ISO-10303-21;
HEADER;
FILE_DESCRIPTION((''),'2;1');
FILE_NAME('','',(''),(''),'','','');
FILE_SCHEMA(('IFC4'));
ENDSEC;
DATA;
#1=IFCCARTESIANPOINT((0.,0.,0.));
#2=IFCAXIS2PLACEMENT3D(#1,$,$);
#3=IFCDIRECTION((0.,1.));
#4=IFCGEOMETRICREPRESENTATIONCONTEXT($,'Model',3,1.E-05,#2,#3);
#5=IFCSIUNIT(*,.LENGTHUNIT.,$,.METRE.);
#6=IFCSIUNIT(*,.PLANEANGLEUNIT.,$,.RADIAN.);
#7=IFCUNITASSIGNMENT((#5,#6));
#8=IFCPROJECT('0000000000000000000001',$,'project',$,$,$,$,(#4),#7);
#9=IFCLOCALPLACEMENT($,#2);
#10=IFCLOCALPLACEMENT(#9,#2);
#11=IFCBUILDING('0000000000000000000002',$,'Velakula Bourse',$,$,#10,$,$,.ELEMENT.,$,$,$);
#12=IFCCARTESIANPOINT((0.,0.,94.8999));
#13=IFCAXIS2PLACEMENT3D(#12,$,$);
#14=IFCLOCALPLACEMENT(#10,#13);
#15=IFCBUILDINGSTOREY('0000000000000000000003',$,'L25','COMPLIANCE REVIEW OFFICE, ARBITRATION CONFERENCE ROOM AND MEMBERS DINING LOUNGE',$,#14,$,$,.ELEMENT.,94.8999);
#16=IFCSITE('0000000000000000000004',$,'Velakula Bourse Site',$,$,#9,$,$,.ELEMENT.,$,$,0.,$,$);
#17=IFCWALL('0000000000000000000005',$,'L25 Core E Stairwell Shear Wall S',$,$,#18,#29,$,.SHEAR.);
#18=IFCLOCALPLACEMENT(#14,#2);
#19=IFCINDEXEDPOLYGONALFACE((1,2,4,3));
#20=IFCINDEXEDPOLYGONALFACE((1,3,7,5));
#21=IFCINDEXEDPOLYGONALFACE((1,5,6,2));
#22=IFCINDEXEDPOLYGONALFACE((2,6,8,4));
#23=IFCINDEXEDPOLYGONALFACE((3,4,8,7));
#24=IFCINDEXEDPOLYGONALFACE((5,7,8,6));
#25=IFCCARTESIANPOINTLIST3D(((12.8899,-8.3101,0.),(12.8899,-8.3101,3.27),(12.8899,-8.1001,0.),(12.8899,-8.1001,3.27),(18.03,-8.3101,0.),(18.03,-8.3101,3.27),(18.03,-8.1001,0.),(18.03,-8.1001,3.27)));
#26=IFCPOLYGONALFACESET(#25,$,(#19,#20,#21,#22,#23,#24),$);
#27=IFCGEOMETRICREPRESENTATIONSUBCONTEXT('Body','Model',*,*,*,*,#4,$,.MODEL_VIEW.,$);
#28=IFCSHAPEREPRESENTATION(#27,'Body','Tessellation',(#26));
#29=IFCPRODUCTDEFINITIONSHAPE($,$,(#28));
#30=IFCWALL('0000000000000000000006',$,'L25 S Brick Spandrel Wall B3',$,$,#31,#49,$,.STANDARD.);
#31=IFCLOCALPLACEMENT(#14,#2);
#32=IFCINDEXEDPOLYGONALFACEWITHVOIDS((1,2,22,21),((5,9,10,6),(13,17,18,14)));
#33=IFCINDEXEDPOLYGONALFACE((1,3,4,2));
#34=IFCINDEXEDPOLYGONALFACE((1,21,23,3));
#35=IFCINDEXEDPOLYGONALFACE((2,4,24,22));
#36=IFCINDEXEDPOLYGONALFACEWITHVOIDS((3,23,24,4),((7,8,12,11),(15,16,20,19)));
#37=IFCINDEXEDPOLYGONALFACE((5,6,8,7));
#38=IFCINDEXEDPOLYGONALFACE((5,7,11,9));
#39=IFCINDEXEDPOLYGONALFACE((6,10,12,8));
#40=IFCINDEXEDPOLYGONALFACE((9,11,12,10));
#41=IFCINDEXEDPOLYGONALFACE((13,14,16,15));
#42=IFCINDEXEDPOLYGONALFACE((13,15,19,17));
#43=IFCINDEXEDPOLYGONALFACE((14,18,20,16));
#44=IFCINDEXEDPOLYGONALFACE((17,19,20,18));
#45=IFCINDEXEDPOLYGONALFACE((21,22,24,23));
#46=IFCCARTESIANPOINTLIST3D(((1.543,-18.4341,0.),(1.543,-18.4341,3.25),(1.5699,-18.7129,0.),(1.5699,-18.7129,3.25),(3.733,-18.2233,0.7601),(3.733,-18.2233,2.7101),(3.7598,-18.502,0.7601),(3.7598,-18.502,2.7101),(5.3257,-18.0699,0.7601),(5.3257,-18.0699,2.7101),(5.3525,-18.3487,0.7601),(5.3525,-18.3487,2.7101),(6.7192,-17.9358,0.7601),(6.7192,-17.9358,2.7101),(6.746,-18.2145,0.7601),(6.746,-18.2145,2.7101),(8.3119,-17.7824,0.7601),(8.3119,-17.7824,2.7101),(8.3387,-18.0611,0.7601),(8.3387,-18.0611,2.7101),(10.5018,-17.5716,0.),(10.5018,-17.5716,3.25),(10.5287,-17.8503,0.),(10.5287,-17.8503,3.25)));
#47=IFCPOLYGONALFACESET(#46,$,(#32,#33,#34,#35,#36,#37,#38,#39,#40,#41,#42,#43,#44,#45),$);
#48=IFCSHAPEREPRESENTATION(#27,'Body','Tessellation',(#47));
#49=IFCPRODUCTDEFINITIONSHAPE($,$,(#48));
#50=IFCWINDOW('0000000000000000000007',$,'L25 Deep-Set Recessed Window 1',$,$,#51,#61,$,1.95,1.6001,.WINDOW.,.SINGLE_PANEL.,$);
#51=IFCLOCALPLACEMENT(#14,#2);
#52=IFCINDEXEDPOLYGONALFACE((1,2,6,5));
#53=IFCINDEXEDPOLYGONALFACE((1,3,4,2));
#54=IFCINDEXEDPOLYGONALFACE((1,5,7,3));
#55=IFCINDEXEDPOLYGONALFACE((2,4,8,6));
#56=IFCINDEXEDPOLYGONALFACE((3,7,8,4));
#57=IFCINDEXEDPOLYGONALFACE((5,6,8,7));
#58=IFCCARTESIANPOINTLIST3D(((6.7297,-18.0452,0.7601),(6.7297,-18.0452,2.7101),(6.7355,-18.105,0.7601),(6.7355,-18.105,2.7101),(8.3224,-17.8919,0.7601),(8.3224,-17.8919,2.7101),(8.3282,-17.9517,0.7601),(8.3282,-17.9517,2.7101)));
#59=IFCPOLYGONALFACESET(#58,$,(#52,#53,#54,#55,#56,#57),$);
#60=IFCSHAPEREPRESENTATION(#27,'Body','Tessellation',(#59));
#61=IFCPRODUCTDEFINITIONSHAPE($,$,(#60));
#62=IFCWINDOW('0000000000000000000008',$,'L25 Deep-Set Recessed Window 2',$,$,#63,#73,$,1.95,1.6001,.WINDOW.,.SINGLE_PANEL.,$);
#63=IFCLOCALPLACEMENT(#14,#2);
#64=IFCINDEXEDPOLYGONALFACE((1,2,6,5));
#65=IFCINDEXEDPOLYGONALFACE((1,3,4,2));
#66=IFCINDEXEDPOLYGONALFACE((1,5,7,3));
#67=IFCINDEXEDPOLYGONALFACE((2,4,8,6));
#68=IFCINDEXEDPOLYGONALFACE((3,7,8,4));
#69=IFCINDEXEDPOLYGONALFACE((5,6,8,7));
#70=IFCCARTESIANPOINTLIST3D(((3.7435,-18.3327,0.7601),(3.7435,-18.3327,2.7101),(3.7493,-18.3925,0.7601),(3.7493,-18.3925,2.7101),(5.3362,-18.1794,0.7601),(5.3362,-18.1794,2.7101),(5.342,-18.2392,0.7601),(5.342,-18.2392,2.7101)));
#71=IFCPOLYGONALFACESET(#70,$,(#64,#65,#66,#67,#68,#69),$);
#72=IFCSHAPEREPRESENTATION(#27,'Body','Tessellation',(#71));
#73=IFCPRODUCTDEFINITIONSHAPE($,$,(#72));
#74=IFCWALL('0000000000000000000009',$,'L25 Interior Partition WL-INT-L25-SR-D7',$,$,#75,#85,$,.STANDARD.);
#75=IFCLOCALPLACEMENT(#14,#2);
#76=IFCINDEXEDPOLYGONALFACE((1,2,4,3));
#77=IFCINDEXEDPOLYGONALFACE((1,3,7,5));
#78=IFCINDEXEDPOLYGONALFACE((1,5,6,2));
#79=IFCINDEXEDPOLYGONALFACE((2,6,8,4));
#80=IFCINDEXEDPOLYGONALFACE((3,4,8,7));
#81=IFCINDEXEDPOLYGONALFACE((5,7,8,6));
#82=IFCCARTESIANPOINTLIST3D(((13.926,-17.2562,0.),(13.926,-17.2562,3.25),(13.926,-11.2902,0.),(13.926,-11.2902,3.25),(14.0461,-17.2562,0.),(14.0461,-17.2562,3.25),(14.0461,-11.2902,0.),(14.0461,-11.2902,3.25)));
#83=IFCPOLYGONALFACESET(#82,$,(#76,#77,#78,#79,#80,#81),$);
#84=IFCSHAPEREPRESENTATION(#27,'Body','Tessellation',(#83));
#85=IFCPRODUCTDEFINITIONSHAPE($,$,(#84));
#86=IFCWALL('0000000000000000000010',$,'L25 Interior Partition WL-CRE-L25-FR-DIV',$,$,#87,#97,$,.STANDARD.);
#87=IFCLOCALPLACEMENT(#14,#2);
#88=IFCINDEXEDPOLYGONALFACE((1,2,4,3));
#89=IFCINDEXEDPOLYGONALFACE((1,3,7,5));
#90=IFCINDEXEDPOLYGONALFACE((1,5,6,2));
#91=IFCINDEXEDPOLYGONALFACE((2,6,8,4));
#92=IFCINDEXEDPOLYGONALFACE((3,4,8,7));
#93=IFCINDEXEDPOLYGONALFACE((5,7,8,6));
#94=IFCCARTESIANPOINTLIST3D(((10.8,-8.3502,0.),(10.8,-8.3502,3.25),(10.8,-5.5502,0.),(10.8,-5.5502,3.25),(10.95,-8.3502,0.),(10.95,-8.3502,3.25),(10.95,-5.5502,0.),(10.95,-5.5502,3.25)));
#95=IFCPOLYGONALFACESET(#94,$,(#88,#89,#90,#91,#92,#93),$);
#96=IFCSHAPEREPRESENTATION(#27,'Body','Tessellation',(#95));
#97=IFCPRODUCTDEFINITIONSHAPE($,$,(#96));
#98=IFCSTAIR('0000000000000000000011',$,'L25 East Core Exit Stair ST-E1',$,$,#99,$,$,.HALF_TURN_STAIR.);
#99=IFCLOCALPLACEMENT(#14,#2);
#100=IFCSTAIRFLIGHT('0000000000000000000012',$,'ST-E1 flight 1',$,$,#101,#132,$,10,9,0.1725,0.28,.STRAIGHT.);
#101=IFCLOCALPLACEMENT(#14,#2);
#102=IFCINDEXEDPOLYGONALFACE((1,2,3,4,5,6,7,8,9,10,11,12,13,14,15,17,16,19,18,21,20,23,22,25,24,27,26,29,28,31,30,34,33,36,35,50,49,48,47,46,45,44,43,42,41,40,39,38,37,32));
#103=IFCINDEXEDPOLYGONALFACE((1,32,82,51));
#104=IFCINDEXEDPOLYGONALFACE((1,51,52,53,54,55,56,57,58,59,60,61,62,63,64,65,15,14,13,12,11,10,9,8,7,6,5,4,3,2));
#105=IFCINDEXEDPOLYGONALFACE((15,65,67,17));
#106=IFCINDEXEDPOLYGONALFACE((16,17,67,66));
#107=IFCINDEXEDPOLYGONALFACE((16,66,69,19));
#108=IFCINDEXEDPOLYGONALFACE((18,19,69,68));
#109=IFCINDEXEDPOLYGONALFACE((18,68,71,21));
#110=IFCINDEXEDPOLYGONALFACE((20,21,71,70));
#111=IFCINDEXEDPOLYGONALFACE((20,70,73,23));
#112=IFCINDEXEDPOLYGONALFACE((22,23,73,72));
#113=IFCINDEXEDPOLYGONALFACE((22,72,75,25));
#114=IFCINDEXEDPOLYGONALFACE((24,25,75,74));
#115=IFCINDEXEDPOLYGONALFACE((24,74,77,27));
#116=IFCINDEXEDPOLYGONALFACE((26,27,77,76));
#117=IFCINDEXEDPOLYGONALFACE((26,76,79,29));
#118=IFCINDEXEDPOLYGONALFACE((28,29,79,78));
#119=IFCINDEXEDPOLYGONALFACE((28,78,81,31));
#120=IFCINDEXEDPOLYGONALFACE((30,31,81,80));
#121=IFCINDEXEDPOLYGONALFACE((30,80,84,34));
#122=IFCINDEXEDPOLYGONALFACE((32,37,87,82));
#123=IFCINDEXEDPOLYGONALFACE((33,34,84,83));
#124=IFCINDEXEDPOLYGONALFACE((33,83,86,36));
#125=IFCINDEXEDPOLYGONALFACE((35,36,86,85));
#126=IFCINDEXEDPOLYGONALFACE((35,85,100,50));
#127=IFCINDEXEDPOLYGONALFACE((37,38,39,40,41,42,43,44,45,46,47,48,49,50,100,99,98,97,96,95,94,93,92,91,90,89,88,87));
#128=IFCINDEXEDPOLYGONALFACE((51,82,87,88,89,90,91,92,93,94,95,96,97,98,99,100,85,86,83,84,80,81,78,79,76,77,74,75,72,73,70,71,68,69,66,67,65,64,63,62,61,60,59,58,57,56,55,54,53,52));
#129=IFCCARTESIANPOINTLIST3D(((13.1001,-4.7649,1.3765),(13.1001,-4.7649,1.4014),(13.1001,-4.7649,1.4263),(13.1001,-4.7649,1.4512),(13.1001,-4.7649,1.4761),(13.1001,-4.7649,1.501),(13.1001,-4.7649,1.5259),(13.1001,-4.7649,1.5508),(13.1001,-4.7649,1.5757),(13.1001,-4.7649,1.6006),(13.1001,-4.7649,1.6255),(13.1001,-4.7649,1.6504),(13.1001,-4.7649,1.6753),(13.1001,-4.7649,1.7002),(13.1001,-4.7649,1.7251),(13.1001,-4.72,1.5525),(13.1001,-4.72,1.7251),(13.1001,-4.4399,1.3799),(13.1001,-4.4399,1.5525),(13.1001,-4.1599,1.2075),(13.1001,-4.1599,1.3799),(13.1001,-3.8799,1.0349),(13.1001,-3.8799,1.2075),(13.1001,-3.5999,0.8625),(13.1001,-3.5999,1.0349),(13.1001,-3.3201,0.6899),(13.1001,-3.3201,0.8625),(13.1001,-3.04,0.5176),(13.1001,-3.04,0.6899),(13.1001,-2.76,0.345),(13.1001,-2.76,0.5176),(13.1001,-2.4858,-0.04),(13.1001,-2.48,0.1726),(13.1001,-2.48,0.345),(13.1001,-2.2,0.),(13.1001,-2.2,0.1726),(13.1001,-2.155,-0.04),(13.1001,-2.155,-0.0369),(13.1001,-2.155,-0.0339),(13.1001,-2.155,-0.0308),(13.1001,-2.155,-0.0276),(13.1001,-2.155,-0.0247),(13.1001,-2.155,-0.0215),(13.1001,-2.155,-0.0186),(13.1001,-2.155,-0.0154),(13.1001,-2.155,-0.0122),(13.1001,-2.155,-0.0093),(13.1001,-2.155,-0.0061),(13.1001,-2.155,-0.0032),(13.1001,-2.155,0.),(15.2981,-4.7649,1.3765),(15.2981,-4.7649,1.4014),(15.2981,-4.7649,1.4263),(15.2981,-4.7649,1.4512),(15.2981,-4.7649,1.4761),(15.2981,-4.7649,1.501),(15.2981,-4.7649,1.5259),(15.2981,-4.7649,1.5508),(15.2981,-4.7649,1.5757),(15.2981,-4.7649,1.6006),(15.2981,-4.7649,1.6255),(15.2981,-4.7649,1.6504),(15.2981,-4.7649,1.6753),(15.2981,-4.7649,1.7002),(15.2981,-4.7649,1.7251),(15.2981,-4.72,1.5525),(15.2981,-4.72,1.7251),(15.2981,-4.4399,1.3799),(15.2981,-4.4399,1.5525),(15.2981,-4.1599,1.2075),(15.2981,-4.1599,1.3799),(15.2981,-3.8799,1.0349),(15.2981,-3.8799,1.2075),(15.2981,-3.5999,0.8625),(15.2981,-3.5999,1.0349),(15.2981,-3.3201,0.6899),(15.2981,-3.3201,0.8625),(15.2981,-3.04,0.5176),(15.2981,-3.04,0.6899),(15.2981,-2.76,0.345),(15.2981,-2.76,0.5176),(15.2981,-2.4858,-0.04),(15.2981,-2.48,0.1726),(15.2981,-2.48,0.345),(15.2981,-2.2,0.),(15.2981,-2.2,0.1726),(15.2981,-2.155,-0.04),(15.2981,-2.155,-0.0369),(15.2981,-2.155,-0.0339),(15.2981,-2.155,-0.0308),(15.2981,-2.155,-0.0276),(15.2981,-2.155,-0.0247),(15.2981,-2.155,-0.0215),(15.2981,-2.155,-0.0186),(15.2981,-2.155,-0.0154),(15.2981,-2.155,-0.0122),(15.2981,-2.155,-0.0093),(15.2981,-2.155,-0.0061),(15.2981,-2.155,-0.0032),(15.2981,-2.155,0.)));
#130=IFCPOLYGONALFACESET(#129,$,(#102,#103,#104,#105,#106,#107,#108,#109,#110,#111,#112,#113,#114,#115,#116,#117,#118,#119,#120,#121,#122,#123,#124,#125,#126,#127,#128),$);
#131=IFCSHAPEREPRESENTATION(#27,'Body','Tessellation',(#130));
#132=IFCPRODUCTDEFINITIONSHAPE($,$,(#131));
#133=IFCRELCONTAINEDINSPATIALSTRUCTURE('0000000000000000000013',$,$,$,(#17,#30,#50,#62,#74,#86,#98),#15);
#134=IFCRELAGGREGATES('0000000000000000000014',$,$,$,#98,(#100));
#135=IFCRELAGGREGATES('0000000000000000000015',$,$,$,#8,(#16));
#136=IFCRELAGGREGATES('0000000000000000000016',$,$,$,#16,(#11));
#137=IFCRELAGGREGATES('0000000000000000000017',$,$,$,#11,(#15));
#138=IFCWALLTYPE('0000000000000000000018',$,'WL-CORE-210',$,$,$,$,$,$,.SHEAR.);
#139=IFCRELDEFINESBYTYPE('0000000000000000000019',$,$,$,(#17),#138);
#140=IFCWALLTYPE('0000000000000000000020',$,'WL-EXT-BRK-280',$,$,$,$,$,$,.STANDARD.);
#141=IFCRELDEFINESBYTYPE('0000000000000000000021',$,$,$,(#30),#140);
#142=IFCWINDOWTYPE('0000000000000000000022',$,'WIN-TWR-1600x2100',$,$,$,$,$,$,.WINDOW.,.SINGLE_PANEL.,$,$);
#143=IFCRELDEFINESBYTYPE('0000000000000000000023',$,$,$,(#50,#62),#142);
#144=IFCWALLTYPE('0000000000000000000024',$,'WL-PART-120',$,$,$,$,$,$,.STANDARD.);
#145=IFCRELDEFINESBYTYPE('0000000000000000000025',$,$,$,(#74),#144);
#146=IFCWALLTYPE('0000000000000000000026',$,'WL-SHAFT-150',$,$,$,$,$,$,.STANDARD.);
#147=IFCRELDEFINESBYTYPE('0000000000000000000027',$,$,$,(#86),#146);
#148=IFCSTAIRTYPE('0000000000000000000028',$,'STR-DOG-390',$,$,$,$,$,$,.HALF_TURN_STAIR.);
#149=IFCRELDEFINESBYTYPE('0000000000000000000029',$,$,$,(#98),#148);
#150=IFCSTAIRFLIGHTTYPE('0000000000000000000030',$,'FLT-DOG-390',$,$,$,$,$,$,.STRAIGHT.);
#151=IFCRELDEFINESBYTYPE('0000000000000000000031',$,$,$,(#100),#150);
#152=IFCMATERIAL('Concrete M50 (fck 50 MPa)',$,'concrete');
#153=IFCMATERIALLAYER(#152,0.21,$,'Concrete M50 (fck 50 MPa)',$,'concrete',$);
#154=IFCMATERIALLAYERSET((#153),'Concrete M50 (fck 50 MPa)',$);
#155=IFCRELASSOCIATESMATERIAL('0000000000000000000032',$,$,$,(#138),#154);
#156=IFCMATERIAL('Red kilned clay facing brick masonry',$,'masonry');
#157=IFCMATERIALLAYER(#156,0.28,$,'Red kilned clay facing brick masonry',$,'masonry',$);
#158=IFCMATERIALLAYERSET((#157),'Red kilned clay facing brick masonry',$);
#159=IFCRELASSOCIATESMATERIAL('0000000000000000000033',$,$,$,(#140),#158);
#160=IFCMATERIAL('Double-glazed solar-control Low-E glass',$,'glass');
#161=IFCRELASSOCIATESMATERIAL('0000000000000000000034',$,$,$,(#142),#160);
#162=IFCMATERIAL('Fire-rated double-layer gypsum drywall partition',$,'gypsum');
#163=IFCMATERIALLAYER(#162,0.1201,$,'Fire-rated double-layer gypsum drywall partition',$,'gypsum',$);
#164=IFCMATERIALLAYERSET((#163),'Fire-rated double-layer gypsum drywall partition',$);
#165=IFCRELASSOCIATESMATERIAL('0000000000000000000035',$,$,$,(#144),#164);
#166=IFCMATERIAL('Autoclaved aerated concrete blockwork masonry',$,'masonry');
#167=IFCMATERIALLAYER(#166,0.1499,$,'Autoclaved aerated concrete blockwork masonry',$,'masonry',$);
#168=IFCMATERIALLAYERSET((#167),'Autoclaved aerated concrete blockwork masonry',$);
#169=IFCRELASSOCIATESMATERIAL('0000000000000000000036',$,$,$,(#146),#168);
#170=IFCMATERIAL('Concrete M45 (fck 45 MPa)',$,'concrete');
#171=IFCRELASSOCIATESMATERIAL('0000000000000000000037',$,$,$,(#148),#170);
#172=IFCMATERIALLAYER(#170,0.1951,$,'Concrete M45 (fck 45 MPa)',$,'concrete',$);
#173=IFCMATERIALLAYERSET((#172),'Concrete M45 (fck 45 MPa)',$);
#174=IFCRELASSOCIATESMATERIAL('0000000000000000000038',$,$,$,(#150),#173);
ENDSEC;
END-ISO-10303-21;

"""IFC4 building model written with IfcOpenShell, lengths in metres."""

from ifc_helpers import new_model, si_unit, direction, frame, frame_2d, origin, place, context, subcontext, project, spatial, polyline, rectangle, outline, extrude, material, layer, layer_set, type_object, element, fill, aggregate, save


model = new_model("IFC4")

# Units and contexts
model_context = context("Model", 3, precision=1e-05, world=origin(), true_north=direction((0.0, 1.0)))
body_context = subcontext(model_context, "Body", "Model", "MODEL_VIEW")
ifc_project = project(units=[si_unit("LENGTHUNIT", "METRE"), si_unit("PLANEANGLEUNIT", "RADIAN")], contexts=[model_context])

# Site, building, storey
site_placement = place(None, origin())
site = spatial("IfcSite", under=ifc_project, at=site_placement, Name="Velakula Bourse Site", CompositionType="ELEMENT", RefElevation=0.0)
building_placement = place(site_placement, origin())
building = spatial("IfcBuilding", under=site, at=building_placement, Name="Velakula Bourse", CompositionType="ELEMENT")
storey_placement = place(building_placement, frame((0.0, 0.0, 94.8999)))
storey = spatial("IfcBuildingStorey", under=building, at=storey_placement, Name="L25", Description="COMPLIANCE REVIEW OFFICE, ARBITRATION CONFERENCE ROOM AND MEMBERS DINING LOUNGE", CompositionType="ELEMENT", Elevation=94.8999)

# Shared definitions
ifc_material_1 = material(Name="Concrete M50 (fck 50 MPa)", Category="concrete")
ifc_layer_1 = layer(ifc_material_1, 0.21, Name="Concrete M50 (fck 50 MPa)", Category="concrete")
ifc_layer_set_1 = layer_set([ifc_layer_1], Name="Concrete M50 (fck 50 MPa)")
wall_type_1 = type_object("IfcWallType", Name="WL-CORE-210", PredefinedType="SHEAR", material=ifc_layer_set_1)

# Wall
wall_1_placement = place(storey_placement, frame((12.8899, -8.2051, 0.0), z_axis=(0.0, 0.0, 1.0), x_axis=(1.0, 0.0, 0.0)))
element("IfcWall", 1, at=wall_1_placement, inside=storey, type_object=wall_type_1, Name="L25 Core E Stairwell Shear Wall S", PredefinedType="SHEAR", context=body_context, shape_type="SweptSolid", body=[
    extrude(rectangle(XDim=5.1401, YDim=0.21, at=frame_2d((2.5701, 0.0))), origin(), (0.0, 0.0, 1.0), 3.27),
])

# Wall, openings, windows
ifc_material_2 = material(Name="Red kilned clay facing brick masonry", Category="masonry")
ifc_layer_2 = layer(ifc_material_2, 0.28, Name="Red kilned clay facing brick masonry", Category="masonry")
ifc_layer_set_2 = layer_set([ifc_layer_2], Name="Red kilned clay facing brick masonry")
wall_type_2 = type_object("IfcWallType", Name="WL-EXT-BRK-280", PredefinedType="STANDARD", material=ifc_layer_set_2)
wall_2_placement = place(storey_placement, frame((10.5151, -17.7109, 0.0), z_axis=(0.0, 0.0, 1.0), x_axis=(-0.995397, -0.095837, 0.0)))
wall_2 = element("IfcWall", 2, at=wall_2_placement, inside=storey, type_object=wall_type_2, Name="L25 S Brick Spandrel Wall B3", PredefinedType="STANDARD", context=body_context, shape_type="SweptSolid", body=[
    extrude(rectangle(XDim=9.0002, YDim=0.28, at=frame_2d((4.5, 0.0))), origin(), (0.0, 0.0, 1.0), 3.25),
])
opening_1_placement = place(wall_2_placement, frame((2.2, 0.0, 0.76)))
opening_1 = element("IfcOpeningElement", 3, at=opening_1_placement, cuts=wall_2, PredefinedType="OPENING", context=body_context, shape_type="SweptSolid", body=[
    extrude(rectangle(XDim=1.6001, YDim=1.95, at=frame_2d((0.8, 0.9751))), frame((0.0, 0.1499, 0.0), z_axis=(0.0, -1.0, 0.0), x_axis=(1.0, 0.0, 0.0)), (0.0, 0.0, 1.0), 0.3),
])
opening_2_placement = place(wall_2_placement, frame((5.2, 0.0, 0.76)))
opening_2 = element("IfcOpeningElement", 4, at=opening_2_placement, cuts=wall_2, PredefinedType="OPENING", context=body_context, shape_type="SweptSolid", body=[
    extrude(rectangle(XDim=1.6001, YDim=1.95, at=frame_2d((0.8, 0.9751))), frame((0.0, 0.1499, 0.0), z_axis=(0.0, -1.0, 0.0), x_axis=(1.0, 0.0, 0.0)), (0.0, 0.0, 1.0), 0.3),
])
ifc_material_3 = material(Name="Double-glazed solar-control Low-E glass", Category="glass")
window_type = type_object("IfcWindowType", Name="WIN-TWR-1600x2100", PartitioningType="SINGLE_PANEL", PredefinedType="WINDOW", material=ifc_material_3)
window_1_placement = place(opening_1_placement, origin())
window_1 = element("IfcWindow", 5, at=window_1_placement, inside=storey, type_object=window_type, Name="L25 Deep-Set Recessed Window 1", OverallHeight=1.95, OverallWidth=1.6001, PartitioningType="SINGLE_PANEL", PredefinedType="WINDOW", context=body_context, shape_type="SweptSolid", body=[
    extrude(rectangle(XDim=1.6001, YDim=1.95, at=frame_2d((0.8, 0.9751))), frame((0.0, 0.03, 0.0), z_axis=(0.0, -1.0, 0.0), x_axis=(1.0, 0.0, 0.0)), (0.0, 0.0, 1.0), 0.0601),
])
fill(opening_1, window_1)
window_2_placement = place(opening_2_placement, origin())
window_2 = element("IfcWindow", 6, at=window_2_placement, inside=storey, type_object=window_type, Name="L25 Deep-Set Recessed Window 2", OverallHeight=1.95, OverallWidth=1.6001, PartitioningType="SINGLE_PANEL", PredefinedType="WINDOW", context=body_context, shape_type="SweptSolid", body=[
    extrude(rectangle(XDim=1.6001, YDim=1.95, at=frame_2d((0.8, 0.9751))), frame((0.0, 0.03, 0.0), z_axis=(0.0, -1.0, 0.0), x_axis=(1.0, 0.0, 0.0)), (0.0, 0.0, 1.0), 0.0601),
])
fill(opening_2, window_2)

# Walls
ifc_material_4 = material(Name="Fire-rated double-layer gypsum drywall partition", Category="gypsum")
ifc_layer_3 = layer(ifc_material_4, 0.1201, Name="Fire-rated double-layer gypsum drywall partition", Category="gypsum")
ifc_layer_set_3 = layer_set([ifc_layer_3], Name="Fire-rated double-layer gypsum drywall partition")
wall_type_3 = type_object("IfcWallType", Name="WL-PART-120", PredefinedType="STANDARD", material=ifc_layer_set_3)
wall_3_placement = place(storey_placement, frame((13.9861, -17.2561, 0.0), z_axis=(0.0, 0.0, 1.0), x_axis=(0.0, 1.0, 0.0)))
element("IfcWall", 7, at=wall_3_placement, inside=storey, type_object=wall_type_3, Name="L25 Interior Partition WL-INT-L25-SR-D7", PredefinedType="STANDARD", context=body_context, shape_type="SweptSolid", body=[
    extrude(rectangle(XDim=5.9661, YDim=0.1201, at=frame_2d((2.9829, 0.0))), origin(), (0.0, 0.0, 1.0), 3.25),
])
ifc_material_5 = material(Name="Autoclaved aerated concrete blockwork masonry", Category="masonry")
ifc_layer_4 = layer(ifc_material_5, 0.1499, Name="Autoclaved aerated concrete blockwork masonry", Category="masonry")
ifc_layer_set_4 = layer_set([ifc_layer_4], Name="Autoclaved aerated concrete blockwork masonry")
wall_type_4 = type_object("IfcWallType", Name="WL-SHAFT-150", PredefinedType="STANDARD", material=ifc_layer_set_4)
wall_4_placement = place(storey_placement, frame((10.875, -8.3501, 0.0), z_axis=(0.0, 0.0, 1.0), x_axis=(0.0, 1.0, 0.0)))
element("IfcWall", 8, at=wall_4_placement, inside=storey, type_object=wall_type_4, Name="L25 Interior Partition WL-CRE-L25-FR-DIV", PredefinedType="STANDARD", context=body_context, shape_type="SweptSolid", body=[
    extrude(rectangle(XDim=2.8, YDim=0.1499, at=frame_2d((1.3999, 0.0))), origin(), (0.0, 0.0, 1.0), 3.25),
])

# Stair, stair flight
ifc_material_6 = material(Name="Concrete M45 (fck 45 MPa)", Category="concrete")
stair_type = type_object("IfcStairType", Name="STR-DOG-390", PredefinedType="HALF_TURN_STAIR", material=ifc_material_6)
stair_placement = place(storey_placement, origin())
stair = element("IfcStair", 9, at=stair_placement, inside=storey, type_object=stair_type, Name="L25 East Core Exit Stair ST-E1", PredefinedType="HALF_TURN_STAIR")
ifc_layer_5 = layer(ifc_material_6, 0.1951, Name="Concrete M45 (fck 45 MPa)", Category="concrete")
ifc_layer_set_5 = layer_set([ifc_layer_5], Name="Concrete M45 (fck 45 MPa)")
stair_flight_type = type_object("IfcStairFlightType", Name="FLT-DOG-390", PredefinedType="STRAIGHT", material=ifc_layer_set_5)
stair_flight_1_placement = place(storey_placement, frame((14.199, -2.2, 0.0), z_axis=(0.0, 0.0, 1.0), x_axis=(0.0, -1.0, 0.0)))
stair_flight_1 = element("IfcStairFlight", 10, at=stair_flight_1_placement, type_object=stair_flight_type, Name="ST-E1 flight 1", NumberOfRisers=10, NumberOfTreads=9, PredefinedType="STRAIGHT", RiserHeight=0.1725, TreadLength=0.28, context=body_context, shape_type="SweptSolid", body=[
    extrude(outline(polyline([(-0.0449, -0.04), (-0.0449, -0.0369), (-0.0449, -0.0339), (-0.0449, -0.0308), (-0.0449, -0.0276), (-0.0449, -0.0247), (-0.0449, -0.0215), (-0.0449, -0.0186), (-0.0449, -0.0154), (-0.0449, -0.0122), (-0.0449, -0.0093), (-0.0449, -0.0061), (-0.0449, -0.0032), (-0.0449, 0.0), (0.0, 0.0), (0.0, 0.1726), (0.28, 0.1726), (0.28, 0.345), (0.5601, 0.345), (0.5601, 0.5176), (0.8401, 0.5176), (0.8401, 0.6899), (1.1201, 0.6899), (1.1201, 0.8625), (1.3999, 0.8625), (1.3999, 1.0349), (1.6799, 1.0349), (1.6799, 1.2075), (1.96, 1.2075), (1.96, 1.3799), (2.24, 1.3799), (2.24, 1.5525), (2.52, 1.5525), (2.52, 1.7251), (2.5649, 1.7251), (2.5649, 1.7002), (2.5649, 1.6753), (2.5649, 1.6504), (2.5649, 1.6255), (2.5649, 1.6006), (2.5649, 1.5757), (2.5649, 1.5508), (2.5649, 1.5259), (2.5649, 1.501), (2.5649, 1.4761), (2.5649, 1.4512), (2.5649, 1.4263), (2.5649, 1.4014), (2.5649, 1.3765), (0.2859, -0.04), (-0.0449, -0.04)])), frame((0.0, 1.0991, 0.0), z_axis=(0.0, -1.0, 0.0), x_axis=(1.0, 0.0, 0.0)), (0.0, 0.0, 1.0), 2.198),
])
aggregate(stair, [stair_flight_1])

save(model, "model.ifc")
